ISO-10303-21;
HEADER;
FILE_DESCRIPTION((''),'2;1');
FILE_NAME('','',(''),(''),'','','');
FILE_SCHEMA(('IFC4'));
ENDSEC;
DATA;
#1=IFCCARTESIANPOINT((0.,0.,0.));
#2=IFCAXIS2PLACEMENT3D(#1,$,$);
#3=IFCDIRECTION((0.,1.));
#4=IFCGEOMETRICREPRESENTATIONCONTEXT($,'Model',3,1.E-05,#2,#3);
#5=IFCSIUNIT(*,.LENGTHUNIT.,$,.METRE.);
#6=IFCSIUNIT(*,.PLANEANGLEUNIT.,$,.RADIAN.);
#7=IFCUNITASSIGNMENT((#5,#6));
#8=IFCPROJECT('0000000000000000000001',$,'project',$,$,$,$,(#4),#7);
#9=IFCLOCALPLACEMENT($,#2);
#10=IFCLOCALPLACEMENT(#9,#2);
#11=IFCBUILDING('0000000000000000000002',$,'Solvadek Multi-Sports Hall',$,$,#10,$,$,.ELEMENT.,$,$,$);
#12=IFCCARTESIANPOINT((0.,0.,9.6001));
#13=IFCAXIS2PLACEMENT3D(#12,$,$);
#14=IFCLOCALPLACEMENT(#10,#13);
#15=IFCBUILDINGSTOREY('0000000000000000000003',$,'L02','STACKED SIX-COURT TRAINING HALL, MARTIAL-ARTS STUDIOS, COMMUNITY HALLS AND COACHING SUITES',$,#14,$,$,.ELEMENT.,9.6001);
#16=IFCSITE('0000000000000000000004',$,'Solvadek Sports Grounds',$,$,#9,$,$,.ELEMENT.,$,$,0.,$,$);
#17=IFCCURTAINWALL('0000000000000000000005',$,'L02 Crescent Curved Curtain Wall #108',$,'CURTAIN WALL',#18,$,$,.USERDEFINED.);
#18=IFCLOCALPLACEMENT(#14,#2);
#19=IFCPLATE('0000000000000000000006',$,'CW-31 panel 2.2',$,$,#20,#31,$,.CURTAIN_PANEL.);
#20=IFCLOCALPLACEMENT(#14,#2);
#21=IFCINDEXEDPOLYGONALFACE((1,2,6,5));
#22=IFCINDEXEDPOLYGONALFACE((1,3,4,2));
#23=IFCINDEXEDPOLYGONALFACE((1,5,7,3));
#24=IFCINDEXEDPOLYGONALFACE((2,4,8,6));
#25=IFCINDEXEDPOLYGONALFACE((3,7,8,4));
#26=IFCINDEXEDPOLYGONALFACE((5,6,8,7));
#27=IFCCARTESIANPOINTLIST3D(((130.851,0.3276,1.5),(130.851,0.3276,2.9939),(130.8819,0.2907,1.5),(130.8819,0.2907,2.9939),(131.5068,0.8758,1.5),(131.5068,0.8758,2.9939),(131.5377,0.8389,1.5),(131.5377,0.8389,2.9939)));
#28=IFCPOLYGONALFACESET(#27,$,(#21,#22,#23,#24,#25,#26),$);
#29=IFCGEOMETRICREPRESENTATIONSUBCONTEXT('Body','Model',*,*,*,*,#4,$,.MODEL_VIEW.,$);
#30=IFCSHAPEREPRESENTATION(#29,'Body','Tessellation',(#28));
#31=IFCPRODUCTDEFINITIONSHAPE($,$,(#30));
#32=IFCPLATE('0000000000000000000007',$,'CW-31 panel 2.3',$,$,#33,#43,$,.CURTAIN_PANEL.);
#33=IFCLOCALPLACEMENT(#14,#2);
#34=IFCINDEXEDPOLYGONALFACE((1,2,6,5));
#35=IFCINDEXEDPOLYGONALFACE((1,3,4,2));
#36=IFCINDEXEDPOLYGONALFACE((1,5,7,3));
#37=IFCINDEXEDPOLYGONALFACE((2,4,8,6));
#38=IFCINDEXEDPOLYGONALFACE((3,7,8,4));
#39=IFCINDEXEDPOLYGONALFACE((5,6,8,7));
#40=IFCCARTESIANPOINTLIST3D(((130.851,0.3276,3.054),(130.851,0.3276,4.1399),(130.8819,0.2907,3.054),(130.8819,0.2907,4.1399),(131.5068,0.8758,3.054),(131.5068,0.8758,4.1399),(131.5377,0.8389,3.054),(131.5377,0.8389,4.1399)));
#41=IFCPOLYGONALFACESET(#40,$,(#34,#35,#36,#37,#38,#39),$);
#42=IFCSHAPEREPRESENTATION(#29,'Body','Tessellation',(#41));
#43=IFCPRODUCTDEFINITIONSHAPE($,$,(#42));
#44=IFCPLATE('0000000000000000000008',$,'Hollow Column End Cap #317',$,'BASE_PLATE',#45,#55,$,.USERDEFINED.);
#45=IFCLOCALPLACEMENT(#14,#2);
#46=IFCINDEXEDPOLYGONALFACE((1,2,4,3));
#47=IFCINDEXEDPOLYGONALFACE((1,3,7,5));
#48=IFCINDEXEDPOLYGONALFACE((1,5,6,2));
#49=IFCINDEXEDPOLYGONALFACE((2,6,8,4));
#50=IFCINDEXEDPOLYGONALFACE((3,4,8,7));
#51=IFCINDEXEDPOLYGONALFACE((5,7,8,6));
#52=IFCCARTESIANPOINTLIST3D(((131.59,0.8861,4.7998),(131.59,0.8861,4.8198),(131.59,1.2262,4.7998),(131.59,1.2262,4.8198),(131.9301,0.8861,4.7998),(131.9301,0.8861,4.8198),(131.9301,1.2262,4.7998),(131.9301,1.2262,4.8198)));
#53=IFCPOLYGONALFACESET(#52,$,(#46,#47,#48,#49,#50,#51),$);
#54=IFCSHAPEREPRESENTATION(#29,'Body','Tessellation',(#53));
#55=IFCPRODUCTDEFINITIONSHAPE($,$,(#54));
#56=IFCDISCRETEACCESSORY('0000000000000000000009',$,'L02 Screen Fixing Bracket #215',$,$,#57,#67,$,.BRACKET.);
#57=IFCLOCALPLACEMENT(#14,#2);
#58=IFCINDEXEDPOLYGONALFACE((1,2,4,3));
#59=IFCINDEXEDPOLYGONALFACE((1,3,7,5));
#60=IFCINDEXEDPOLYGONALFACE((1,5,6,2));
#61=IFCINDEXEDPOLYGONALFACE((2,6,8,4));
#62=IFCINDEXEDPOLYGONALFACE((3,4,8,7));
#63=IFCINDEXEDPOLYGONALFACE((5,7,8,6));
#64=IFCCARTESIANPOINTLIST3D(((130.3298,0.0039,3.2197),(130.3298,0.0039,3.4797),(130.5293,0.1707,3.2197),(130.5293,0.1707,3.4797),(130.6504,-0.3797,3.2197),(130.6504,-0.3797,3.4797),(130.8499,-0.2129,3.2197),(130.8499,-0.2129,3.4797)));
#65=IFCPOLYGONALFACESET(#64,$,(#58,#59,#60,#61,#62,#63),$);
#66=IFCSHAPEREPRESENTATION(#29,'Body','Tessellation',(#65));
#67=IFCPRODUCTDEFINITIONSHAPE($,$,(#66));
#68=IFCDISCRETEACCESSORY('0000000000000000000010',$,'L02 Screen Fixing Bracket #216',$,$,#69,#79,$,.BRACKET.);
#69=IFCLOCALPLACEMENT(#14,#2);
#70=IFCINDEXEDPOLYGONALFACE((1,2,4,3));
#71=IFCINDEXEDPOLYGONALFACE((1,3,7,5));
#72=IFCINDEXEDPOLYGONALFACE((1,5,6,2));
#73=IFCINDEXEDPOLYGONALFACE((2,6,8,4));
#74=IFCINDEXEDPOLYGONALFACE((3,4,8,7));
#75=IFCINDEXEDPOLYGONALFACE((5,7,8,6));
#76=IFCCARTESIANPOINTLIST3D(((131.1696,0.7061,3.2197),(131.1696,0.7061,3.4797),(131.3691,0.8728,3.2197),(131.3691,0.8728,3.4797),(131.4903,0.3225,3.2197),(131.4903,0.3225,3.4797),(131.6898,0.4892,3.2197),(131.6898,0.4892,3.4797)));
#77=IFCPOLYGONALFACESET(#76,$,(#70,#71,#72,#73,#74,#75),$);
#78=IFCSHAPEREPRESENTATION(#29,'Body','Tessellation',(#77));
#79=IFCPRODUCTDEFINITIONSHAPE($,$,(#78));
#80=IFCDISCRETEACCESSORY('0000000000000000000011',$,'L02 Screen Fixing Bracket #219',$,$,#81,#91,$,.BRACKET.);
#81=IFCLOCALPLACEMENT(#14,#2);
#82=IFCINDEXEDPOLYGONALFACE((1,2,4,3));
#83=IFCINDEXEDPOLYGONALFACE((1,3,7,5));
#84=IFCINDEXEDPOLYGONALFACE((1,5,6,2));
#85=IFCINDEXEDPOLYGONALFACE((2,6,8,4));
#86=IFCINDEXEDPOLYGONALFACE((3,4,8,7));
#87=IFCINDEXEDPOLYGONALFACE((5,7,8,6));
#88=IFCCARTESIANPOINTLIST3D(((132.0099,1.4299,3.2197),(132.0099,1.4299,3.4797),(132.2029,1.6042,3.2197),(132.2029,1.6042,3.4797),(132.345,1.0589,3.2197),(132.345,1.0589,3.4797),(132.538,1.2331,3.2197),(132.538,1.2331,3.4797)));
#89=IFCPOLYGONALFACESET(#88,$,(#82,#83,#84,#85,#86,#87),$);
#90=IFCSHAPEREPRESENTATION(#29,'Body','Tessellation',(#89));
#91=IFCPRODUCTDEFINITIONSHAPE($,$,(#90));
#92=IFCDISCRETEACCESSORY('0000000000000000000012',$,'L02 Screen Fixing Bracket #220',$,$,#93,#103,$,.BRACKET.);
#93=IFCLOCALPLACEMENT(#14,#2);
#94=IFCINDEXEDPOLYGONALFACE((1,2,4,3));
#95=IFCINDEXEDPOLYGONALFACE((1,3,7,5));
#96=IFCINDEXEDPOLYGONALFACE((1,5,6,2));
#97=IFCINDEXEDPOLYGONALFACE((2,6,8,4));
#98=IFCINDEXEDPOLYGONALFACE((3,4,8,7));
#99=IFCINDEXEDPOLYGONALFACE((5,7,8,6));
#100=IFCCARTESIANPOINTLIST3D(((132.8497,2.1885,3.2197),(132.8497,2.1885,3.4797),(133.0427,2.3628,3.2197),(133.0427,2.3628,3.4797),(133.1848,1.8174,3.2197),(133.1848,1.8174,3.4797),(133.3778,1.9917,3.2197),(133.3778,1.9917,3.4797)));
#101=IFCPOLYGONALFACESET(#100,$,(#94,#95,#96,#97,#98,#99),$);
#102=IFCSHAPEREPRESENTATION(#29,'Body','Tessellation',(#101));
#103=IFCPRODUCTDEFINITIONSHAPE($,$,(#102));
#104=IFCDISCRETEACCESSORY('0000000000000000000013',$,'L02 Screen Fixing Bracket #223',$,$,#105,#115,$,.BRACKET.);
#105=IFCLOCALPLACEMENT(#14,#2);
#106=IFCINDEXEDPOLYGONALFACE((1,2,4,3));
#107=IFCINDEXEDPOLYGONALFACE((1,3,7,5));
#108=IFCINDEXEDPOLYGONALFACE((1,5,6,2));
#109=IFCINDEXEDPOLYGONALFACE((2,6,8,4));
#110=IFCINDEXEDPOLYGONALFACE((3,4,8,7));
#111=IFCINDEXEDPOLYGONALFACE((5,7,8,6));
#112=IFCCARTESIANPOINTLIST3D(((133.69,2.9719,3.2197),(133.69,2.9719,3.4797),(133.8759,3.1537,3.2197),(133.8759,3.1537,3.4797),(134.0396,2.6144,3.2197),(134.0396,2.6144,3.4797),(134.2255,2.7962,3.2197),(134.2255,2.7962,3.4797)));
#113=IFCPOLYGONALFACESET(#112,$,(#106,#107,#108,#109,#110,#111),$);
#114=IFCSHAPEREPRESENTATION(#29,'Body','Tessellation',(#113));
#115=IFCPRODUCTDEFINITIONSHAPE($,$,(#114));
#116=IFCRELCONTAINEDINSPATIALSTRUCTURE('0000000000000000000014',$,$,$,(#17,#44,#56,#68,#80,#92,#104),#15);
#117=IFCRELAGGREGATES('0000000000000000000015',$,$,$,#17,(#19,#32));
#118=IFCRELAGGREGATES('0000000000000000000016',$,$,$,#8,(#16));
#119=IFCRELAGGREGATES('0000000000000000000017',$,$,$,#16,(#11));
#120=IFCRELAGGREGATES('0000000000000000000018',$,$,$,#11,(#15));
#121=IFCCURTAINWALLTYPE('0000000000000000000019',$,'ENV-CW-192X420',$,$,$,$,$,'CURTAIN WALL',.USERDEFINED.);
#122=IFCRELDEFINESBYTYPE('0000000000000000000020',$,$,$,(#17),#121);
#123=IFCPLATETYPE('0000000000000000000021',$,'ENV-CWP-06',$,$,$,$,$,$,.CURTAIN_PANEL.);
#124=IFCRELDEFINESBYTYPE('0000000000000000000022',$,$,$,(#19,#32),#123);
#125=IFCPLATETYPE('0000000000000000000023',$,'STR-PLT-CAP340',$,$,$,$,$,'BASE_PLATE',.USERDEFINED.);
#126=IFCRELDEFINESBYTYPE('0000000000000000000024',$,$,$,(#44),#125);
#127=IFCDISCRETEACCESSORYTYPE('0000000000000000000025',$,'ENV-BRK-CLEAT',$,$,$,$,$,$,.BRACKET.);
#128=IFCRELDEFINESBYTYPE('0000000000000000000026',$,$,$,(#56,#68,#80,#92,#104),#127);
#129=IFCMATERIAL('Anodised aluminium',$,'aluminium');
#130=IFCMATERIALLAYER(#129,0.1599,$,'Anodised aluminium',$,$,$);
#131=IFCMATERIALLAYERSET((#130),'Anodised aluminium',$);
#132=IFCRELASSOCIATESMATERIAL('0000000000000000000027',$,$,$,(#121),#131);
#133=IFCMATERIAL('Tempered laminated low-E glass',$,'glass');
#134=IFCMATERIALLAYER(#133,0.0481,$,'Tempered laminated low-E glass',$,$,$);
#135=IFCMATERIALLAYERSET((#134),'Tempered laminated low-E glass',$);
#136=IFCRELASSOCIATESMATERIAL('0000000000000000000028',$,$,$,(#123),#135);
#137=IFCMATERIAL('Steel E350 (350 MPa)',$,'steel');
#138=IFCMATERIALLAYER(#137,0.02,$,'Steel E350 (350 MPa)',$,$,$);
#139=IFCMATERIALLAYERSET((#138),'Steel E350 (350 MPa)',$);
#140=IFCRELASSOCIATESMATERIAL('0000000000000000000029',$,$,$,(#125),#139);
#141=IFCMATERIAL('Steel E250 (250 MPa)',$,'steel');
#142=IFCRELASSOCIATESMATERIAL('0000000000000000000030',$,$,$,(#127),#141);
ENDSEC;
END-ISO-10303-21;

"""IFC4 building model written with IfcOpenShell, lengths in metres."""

from ifc_helpers import new_model, si_unit, direction, frame, origin, origin_2d, place, context, subcontext, project, spatial, rectangle, extrude, material, layer, layer_set, type_object, element, aggregate, save


model = new_model("IFC4")

# Units and contexts
model_context = context("Model", 3, precision=1e-05, world=origin(), true_north=direction((0.0, 1.0)))
body_context = subcontext(model_context, "Body", "Model", "MODEL_VIEW")
ifc_project = project(units=[si_unit("LENGTHUNIT", "METRE"), si_unit("PLANEANGLEUNIT", "RADIAN")], contexts=[model_context])

# Site, building, storey
site_placement = place(None, origin())
site = spatial("IfcSite", under=ifc_project, at=site_placement, Name="Solvadek Sports Grounds", CompositionType="ELEMENT", RefElevation=0.0)
building_placement = place(site_placement, origin())
building = spatial("IfcBuilding", under=site, at=building_placement, Name="Solvadek Multi-Sports Hall", CompositionType="ELEMENT")
storey_placement = place(building_placement, frame((0.0, 0.0, 9.6001)))
storey = spatial("IfcBuildingStorey", under=building, at=storey_placement, Name="L02", Description="STACKED SIX-COURT TRAINING HALL, MARTIAL-ARTS STUDIOS, COMMUNITY HALLS AND COACHING SUITES", CompositionType="ELEMENT", Elevation=9.6001)

# Curtain wall
ifc_material_1 = material(Name="Anodised aluminium", Category="aluminium")
ifc_layer_1 = layer(ifc_material_1, 0.1599, Name="Anodised aluminium")
ifc_layer_set_1 = layer_set([ifc_layer_1], Name="Anodised aluminium")
curtain_wall_type_1 = type_object("IfcCurtainWallType", Name="ENV-CW-192X420", ElementType="CURTAIN WALL", PredefinedType="USERDEFINED", material=ifc_layer_set_1)
curtain_wall_1_placement = place(storey_placement, origin())
curtain_wall_1 = element("IfcCurtainWall", 1, at=curtain_wall_1_placement, inside=storey, type_object=curtain_wall_type_1, Name="L02 Crescent Curved Curtain Wall #108", ObjectType="CURTAIN WALL", PredefinedType="USERDEFINED")

# Shared definitions
ifc_material_2 = material(Name="Steel E350 (350 MPa)", Category="steel")

# Shared definitions
ifc_material_3 = material(Name="Steel E250 (250 MPa)", Category="steel")

# Plates
ifc_material_4 = material(Name="Tempered laminated low-E glass", Category="glass")
ifc_layer_2 = layer(ifc_material_4, 0.0481, Name="Tempered laminated low-E glass")
ifc_layer_set_2 = layer_set([ifc_layer_2], Name="Tempered laminated low-E glass")
plate_type_1 = type_object("IfcPlateType", Name="ENV-CWP-06", PredefinedType="CURTAIN_PANEL", material=ifc_layer_set_2)
plate_1_placement = place(storey_placement, frame((131.1943, 0.5833, 1.5), z_axis=(0.0, 0.0, 1.0), x_axis=(0.767251, 0.641347, 0.0)))
plate_1 = element("IfcPlate", 2, at=plate_1_placement, type_object=plate_type_1, Name="CW-31 panel 2.2", PredefinedType="CURTAIN_PANEL", context=body_context, shape_type="SweptSolid", body=[
    extrude(rectangle(XDim=0.8547, YDim=0.0481, at=origin_2d()), origin(), (0.0, 0.0, 1.0), 1.4939),
])
plate_2_placement = place(storey_placement, frame((131.1943, 0.5833, 3.054), z_axis=(0.0, 0.0, 1.0), x_axis=(0.767251, 0.641347, 0.0)))
plate_2 = element("IfcPlate", 3, at=plate_2_placement, type_object=plate_type_1, Name="CW-31 panel 2.3", PredefinedType="CURTAIN_PANEL", context=body_context, shape_type="SweptSolid", body=[
    extrude(rectangle(XDim=0.8547, YDim=0.0481, at=origin_2d()), origin(), (0.0, 0.0, 1.0), 1.0859),
])
aggregate(curtain_wall_1, [plate_1, plate_2])
ifc_layer_3 = layer(ifc_material_2, 0.02, Name="Steel E350 (350 MPa)")
ifc_layer_set_3 = layer_set([ifc_layer_3], Name="Steel E350 (350 MPa)")
plate_type_2 = type_object("IfcPlateType", Name="STR-PLT-CAP340", ElementType="BASE_PLATE", PredefinedType="USERDEFINED", material=ifc_layer_set_3)
plate_3_placement = place(storey_placement, frame((131.76, 1.0562, 4.7998), z_axis=(0.0, 0.0, 1.0), x_axis=(1.0, 0.0, 0.0)))
element("IfcPlate", 4, at=plate_3_placement, inside=storey, type_object=plate_type_2, Name="Hollow Column End Cap #317", ObjectType="BASE_PLATE", PredefinedType="USERDEFINED", context=body_context, shape_type="SweptSolid", body=[
    extrude(rectangle(XDim=0.3401, YDim=0.3401, at=origin_2d()), origin(), (0.0, 0.0, 1.0), 0.02),
])

# Discrete accessories
discrete_accessory_type = type_object("IfcDiscreteAccessoryType", Name="ENV-BRK-CLEAT", PredefinedType="BRACKET", material=ifc_material_3)
for number, where, z_axis, x_axis, name in (
    (5, (130.5898, -0.1045, 3.2197), (0.0, 0.0, 1.0), (0.767255, 0.641343, 0.0), "L02 Screen Fixing Bracket #215"),
    (6, (131.4297, 0.5977, 3.2197), (0.0, 0.0, 1.0), (0.767255, 0.641343, 0.0), "L02 Screen Fixing Bracket #216"),
    (7, (132.2739, 1.3315, 3.2197), (0.0, 0.0, 1.0), (0.742151, 0.670233, 0.0), "L02 Screen Fixing Bracket #219"),
    (8, (133.1138, 2.0901, 3.2197), (0.0, 0.0, 1.0), (0.742151, 0.670233, 0.0), "L02 Screen Fixing Bracket #220"),
    (9, (133.9578, 2.884, 3.2197), (0.0, 0.0, 1.0), (0.715, 0.699125, 0.0), "L02 Screen Fixing Bracket #223"),
):
    element("IfcDiscreteAccessory", number, at=place(storey_placement, frame(where, z_axis=z_axis, x_axis=x_axis)), inside=storey, type_object=discrete_accessory_type, Name=name, PredefinedType="BRACKET", context=body_context, shape_type="SweptSolid", body=[
        extrude(rectangle(XDim=0.26, YDim=0.5, at=origin_2d()), origin(), (0.0, 0.0, 1.0), 0.26),
    ])

save(model, "model.ifc")
